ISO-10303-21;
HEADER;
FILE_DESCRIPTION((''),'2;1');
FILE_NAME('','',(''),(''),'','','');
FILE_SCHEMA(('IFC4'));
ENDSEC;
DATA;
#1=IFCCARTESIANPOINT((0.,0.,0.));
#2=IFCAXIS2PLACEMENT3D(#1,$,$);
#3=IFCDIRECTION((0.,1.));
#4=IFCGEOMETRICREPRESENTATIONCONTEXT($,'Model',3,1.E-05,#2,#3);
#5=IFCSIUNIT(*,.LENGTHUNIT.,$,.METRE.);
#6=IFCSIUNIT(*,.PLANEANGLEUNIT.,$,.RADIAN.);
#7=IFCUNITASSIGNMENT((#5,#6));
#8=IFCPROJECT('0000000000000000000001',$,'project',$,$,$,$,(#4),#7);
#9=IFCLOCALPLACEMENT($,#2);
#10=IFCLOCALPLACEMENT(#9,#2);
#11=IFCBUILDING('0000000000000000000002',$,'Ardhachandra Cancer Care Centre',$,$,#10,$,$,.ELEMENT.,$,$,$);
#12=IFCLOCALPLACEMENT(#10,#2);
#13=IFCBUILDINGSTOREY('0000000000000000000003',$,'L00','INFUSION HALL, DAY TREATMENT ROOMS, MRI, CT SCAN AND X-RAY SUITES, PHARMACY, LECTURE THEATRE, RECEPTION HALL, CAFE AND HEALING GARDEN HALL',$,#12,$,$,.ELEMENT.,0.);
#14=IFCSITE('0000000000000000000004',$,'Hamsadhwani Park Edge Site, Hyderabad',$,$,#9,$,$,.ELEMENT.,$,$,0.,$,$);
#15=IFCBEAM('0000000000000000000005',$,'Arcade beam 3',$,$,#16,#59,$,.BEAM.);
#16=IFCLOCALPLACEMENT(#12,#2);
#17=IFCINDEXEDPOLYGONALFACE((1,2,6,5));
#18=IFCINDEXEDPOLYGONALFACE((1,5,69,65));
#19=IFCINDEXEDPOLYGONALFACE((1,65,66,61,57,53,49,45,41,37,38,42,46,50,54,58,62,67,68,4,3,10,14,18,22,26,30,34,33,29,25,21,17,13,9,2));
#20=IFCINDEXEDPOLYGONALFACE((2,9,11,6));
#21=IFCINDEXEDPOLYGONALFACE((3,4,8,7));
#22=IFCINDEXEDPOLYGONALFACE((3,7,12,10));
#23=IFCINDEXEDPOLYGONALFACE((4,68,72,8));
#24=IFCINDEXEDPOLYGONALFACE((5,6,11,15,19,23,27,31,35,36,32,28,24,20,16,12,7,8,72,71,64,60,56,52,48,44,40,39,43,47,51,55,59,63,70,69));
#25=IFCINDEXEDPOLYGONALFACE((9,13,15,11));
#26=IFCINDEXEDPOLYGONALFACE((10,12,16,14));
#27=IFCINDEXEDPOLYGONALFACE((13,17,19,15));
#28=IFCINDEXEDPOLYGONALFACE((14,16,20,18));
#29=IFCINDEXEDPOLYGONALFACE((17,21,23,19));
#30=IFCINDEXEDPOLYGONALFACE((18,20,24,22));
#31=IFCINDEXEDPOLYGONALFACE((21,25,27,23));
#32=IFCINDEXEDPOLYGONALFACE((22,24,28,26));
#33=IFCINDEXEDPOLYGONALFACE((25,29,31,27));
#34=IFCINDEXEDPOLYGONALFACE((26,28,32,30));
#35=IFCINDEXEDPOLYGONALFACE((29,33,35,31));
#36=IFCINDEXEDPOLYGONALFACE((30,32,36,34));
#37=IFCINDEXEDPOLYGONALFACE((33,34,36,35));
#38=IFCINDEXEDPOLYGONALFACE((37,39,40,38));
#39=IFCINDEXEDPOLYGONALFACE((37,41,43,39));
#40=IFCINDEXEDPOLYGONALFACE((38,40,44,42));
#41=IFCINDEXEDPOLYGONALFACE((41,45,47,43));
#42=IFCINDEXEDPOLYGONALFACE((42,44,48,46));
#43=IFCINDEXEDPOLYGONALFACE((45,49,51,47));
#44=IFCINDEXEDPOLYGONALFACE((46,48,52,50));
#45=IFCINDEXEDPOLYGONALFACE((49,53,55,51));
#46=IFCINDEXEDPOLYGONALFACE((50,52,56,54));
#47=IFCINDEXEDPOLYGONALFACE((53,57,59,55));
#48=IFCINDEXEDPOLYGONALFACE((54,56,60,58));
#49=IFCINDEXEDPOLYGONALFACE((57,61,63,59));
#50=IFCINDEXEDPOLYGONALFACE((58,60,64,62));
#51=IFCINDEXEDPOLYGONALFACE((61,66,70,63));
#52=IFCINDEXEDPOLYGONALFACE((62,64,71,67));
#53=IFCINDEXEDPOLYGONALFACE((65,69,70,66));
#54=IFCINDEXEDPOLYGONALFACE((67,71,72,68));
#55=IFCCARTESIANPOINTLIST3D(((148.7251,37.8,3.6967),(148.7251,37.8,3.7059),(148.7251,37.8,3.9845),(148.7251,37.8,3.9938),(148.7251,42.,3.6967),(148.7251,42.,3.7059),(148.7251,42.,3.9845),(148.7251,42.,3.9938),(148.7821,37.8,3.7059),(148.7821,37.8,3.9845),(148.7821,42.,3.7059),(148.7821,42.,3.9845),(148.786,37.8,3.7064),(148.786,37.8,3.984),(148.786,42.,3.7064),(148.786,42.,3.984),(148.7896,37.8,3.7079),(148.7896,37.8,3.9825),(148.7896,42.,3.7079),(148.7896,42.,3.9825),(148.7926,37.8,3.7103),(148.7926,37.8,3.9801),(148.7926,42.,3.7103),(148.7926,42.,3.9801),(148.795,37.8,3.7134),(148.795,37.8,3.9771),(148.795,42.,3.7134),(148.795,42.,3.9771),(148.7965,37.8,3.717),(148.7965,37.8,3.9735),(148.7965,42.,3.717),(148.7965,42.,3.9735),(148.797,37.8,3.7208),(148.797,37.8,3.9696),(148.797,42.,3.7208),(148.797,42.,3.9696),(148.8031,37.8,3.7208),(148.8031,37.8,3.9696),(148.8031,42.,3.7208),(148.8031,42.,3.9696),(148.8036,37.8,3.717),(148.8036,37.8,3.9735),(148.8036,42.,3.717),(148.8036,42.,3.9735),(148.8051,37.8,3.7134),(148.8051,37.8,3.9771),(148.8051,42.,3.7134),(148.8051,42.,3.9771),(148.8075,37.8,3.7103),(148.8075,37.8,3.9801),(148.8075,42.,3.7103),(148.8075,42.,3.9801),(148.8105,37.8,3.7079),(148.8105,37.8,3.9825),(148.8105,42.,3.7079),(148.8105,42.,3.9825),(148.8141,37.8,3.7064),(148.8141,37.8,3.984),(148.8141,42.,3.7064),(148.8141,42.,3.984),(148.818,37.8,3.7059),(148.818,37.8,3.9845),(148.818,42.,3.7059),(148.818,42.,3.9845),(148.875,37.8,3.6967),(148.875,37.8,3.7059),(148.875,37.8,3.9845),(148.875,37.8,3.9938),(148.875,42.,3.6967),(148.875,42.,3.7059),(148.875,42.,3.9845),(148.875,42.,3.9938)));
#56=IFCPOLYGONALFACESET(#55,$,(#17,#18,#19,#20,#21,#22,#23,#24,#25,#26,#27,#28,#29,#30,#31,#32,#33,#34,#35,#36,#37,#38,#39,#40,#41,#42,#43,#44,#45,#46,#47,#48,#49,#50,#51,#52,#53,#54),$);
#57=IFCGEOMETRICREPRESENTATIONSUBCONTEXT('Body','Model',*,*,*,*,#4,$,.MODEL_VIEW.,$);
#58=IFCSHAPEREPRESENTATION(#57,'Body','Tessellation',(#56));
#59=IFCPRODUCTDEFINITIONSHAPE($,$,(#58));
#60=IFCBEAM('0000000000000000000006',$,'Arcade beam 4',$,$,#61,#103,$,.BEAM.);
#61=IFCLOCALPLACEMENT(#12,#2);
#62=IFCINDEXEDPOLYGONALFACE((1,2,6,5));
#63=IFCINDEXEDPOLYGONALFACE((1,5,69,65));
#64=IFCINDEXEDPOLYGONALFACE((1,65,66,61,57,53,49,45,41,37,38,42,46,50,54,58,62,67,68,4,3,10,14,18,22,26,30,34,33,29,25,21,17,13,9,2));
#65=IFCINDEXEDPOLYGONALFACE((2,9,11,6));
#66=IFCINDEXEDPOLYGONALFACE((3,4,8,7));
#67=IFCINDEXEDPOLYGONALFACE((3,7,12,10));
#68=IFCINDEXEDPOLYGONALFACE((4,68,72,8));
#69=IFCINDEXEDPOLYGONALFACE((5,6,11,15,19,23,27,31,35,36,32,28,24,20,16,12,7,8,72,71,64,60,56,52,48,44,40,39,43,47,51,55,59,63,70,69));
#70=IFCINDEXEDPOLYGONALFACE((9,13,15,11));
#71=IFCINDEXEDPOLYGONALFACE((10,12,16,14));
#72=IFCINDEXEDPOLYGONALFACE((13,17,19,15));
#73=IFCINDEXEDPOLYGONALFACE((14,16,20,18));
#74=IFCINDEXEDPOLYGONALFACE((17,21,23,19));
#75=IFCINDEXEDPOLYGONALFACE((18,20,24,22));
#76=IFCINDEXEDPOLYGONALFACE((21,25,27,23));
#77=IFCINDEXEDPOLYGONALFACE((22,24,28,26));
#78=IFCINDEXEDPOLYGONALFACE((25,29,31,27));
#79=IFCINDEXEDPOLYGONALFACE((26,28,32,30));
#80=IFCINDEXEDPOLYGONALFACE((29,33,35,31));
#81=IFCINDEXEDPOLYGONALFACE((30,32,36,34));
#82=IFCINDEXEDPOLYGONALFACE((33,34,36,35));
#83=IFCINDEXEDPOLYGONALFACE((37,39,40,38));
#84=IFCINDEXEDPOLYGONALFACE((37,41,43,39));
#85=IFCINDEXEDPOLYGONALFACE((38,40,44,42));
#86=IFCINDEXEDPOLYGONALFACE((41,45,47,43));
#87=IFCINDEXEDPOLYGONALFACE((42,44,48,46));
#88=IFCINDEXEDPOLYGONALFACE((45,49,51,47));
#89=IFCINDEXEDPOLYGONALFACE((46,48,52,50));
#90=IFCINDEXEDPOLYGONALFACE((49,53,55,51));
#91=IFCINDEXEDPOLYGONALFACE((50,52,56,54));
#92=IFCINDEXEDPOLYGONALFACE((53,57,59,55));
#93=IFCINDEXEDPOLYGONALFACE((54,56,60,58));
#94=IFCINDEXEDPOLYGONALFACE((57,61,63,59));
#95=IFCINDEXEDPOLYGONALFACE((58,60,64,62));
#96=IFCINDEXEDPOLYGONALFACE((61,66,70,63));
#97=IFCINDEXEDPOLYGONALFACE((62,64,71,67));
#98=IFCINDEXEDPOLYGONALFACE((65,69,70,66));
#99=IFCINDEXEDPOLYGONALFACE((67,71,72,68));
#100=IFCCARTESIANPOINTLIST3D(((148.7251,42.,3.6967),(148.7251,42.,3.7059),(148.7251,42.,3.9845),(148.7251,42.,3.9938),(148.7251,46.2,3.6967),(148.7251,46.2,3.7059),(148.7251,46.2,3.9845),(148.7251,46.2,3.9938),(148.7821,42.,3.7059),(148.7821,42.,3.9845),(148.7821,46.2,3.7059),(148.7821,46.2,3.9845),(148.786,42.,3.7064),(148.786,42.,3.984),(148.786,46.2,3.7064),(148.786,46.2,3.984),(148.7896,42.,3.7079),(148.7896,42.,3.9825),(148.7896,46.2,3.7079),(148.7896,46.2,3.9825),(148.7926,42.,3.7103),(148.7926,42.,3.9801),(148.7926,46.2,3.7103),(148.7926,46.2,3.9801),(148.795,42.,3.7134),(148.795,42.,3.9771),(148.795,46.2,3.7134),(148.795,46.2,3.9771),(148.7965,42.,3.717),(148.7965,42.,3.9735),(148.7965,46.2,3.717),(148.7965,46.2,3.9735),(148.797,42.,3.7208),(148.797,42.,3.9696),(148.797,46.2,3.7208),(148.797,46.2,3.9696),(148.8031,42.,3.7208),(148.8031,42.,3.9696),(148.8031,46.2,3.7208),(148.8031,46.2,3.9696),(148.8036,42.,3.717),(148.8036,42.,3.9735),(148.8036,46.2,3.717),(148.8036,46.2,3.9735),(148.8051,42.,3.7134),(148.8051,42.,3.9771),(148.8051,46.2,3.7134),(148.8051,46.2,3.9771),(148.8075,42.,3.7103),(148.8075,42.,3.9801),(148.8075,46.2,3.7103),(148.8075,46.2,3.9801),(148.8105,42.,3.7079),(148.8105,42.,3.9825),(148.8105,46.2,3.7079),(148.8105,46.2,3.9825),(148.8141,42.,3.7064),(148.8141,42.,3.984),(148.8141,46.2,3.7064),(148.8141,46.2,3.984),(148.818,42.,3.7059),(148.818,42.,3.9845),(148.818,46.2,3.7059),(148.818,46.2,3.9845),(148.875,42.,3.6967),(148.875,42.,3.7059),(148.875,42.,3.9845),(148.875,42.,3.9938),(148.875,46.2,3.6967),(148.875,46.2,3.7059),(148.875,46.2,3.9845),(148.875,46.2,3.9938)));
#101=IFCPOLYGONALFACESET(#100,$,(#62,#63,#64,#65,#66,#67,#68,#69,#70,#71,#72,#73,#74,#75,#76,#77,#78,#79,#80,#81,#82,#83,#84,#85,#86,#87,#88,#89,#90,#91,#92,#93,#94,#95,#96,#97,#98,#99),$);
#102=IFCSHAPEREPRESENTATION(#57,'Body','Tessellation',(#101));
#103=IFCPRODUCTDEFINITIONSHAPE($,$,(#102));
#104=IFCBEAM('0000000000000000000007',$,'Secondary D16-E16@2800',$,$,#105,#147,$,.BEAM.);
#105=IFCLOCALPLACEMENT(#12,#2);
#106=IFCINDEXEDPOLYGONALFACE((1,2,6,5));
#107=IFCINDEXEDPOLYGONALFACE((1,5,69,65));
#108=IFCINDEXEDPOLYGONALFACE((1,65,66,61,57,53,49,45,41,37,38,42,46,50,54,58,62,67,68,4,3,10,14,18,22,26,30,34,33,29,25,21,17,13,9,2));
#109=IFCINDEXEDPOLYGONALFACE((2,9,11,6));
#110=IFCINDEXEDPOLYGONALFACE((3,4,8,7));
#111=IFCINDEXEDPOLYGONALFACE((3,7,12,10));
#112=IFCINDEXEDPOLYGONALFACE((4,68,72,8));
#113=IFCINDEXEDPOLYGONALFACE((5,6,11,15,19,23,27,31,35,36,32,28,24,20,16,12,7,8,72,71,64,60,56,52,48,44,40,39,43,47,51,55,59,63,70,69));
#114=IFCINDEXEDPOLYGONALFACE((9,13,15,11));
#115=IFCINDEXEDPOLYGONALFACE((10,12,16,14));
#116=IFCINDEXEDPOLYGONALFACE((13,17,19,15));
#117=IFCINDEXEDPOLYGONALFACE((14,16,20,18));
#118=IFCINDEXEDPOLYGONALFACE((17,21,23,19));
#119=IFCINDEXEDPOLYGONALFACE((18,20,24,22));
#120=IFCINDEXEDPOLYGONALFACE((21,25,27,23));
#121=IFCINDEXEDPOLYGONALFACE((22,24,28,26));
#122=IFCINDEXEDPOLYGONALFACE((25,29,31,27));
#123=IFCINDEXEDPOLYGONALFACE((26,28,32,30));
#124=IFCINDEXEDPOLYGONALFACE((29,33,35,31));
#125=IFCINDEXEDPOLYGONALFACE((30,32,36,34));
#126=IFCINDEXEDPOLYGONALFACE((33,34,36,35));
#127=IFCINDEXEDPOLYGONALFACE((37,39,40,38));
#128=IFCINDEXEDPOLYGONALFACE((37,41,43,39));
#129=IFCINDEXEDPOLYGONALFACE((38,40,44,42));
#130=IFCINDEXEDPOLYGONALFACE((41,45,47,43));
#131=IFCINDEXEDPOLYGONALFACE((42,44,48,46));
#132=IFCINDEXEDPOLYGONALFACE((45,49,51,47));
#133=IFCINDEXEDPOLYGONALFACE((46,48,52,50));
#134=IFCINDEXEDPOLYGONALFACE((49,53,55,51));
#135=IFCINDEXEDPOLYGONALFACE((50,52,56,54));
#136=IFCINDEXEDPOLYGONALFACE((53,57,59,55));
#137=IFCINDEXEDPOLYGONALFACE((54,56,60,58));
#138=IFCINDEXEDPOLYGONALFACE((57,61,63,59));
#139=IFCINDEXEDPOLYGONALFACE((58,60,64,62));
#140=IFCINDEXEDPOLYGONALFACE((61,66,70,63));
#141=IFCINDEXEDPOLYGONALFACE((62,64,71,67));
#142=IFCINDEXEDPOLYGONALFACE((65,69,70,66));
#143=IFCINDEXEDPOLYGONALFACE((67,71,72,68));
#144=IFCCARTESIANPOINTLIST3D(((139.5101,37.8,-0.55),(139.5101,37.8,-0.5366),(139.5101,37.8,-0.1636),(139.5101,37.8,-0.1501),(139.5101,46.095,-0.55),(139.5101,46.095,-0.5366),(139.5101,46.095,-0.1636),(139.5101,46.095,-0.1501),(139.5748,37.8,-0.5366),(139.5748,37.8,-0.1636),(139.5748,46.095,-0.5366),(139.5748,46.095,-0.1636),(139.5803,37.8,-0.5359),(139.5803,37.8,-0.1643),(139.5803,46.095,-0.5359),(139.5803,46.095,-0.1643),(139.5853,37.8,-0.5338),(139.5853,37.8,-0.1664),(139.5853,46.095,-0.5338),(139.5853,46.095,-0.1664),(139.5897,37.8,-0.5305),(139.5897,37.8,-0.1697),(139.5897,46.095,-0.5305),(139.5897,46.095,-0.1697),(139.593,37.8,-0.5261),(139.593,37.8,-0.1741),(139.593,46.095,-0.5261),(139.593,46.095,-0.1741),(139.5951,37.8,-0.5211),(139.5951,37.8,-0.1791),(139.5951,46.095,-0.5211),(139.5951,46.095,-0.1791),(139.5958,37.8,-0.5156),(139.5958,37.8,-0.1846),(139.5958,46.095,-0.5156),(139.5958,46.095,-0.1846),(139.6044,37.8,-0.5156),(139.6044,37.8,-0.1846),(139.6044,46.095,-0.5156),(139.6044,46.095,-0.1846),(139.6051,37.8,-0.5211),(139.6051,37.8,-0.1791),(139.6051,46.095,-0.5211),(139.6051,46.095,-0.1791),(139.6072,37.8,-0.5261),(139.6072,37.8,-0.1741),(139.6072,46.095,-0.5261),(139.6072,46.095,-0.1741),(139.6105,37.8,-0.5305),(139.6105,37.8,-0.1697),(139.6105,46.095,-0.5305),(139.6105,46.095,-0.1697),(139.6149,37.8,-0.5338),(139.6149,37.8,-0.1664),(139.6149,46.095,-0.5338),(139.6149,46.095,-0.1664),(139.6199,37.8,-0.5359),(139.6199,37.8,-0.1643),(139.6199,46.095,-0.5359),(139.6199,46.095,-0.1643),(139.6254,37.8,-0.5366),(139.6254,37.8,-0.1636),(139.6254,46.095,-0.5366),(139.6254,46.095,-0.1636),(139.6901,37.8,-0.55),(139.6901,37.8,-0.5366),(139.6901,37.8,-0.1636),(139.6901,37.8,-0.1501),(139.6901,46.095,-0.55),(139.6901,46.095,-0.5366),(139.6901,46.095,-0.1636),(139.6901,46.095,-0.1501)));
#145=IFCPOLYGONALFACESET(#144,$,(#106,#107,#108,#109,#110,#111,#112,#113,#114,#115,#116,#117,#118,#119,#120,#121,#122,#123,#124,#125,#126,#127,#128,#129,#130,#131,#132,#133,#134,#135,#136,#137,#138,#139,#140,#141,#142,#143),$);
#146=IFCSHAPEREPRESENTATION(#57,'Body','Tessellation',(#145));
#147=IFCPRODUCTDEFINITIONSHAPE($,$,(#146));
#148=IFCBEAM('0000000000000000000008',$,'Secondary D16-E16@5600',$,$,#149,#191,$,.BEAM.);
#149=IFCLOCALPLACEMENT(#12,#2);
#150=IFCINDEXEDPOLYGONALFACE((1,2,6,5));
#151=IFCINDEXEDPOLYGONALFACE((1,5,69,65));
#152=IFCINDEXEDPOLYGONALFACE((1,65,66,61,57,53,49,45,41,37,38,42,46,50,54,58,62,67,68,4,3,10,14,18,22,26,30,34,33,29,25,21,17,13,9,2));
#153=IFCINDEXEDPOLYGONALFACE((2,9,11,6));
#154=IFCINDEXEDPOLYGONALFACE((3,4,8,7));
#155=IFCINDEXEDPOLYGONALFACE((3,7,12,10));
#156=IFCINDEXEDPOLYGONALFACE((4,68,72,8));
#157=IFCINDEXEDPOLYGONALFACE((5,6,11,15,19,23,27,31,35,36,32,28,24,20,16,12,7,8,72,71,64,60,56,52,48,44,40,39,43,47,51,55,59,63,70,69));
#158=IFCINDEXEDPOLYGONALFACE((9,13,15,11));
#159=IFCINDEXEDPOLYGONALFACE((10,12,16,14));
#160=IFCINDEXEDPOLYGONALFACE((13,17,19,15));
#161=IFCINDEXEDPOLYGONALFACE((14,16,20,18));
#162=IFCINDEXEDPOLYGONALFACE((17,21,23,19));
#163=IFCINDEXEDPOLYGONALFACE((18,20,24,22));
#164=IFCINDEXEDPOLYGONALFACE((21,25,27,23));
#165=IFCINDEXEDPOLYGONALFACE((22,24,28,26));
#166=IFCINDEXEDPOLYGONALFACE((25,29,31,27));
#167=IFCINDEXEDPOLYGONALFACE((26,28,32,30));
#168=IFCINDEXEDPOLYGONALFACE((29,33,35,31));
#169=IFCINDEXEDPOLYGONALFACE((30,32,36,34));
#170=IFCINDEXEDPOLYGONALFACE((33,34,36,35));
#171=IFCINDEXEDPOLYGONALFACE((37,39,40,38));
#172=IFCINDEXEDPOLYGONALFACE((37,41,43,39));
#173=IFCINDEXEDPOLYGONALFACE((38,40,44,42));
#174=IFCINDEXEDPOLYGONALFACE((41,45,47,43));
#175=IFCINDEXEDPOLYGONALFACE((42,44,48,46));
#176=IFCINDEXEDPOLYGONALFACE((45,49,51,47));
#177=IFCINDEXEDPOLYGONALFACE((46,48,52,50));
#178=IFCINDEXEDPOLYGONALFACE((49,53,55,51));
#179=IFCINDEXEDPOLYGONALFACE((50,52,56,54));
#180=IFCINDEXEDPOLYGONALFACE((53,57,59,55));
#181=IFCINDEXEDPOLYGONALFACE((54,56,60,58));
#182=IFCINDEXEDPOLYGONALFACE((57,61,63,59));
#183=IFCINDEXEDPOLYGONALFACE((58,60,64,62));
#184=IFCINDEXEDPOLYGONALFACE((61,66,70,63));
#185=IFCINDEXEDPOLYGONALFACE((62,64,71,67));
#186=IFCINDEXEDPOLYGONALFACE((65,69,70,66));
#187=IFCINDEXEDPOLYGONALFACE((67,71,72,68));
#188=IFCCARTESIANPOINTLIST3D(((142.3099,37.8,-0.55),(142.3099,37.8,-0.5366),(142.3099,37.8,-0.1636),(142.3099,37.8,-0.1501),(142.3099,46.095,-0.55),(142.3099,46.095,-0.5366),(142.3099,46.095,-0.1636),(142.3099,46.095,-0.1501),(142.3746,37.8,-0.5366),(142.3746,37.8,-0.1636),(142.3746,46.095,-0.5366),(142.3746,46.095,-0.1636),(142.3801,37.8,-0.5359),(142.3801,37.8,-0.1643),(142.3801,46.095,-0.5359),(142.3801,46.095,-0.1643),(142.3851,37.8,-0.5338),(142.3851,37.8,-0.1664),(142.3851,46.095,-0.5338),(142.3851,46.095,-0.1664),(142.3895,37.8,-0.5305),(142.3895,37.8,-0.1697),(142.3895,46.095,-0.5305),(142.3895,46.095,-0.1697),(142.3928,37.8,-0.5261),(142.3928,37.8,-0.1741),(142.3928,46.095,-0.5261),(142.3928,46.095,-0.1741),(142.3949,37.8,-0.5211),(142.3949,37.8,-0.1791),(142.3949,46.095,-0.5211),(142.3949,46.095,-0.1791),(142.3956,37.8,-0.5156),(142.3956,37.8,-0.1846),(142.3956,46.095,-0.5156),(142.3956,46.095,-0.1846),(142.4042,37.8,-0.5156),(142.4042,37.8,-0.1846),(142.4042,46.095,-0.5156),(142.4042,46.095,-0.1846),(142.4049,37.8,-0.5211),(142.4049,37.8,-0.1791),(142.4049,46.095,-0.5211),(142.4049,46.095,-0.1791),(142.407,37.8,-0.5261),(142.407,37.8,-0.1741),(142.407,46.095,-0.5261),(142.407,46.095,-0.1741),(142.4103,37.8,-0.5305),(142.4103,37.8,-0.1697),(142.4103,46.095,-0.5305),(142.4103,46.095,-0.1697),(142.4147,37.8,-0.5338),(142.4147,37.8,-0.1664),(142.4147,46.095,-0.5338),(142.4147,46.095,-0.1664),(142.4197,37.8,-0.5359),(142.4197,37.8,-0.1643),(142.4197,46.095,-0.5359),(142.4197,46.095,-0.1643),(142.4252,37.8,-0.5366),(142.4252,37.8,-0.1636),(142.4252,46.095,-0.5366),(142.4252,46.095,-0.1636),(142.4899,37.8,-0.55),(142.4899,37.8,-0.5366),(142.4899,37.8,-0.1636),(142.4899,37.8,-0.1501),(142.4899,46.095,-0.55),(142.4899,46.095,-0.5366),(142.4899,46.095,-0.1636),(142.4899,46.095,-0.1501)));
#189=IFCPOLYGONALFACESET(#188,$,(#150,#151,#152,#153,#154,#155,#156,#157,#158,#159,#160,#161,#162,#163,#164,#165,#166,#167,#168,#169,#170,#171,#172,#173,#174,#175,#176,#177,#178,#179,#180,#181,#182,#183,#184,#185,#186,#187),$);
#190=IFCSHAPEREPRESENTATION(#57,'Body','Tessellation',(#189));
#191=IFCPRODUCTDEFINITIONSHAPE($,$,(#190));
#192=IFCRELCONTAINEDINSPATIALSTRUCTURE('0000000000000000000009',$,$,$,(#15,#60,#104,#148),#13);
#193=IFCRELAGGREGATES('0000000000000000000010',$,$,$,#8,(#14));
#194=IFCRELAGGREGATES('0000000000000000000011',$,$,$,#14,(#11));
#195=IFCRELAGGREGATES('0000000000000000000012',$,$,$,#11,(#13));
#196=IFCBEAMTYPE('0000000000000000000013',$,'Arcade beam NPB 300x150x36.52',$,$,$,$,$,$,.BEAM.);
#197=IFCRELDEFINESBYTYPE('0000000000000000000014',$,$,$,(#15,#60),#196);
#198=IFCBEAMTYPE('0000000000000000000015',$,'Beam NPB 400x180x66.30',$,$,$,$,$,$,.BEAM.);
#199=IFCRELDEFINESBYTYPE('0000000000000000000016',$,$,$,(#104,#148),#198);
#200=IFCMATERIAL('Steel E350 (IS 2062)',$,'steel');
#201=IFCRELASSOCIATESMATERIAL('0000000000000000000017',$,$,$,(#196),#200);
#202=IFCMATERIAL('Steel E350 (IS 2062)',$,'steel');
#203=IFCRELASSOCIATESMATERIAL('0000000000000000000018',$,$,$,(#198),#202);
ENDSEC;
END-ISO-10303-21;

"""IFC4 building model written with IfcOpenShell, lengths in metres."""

from ifc_helpers import new_model, si_unit, direction, frame, origin, origin_2d, place, context, subcontext, project, spatial, i_section, extrude, material, material_profile, profile_set, type_object, element, save


model = new_model("IFC4")

# Units and contexts
model_context = context("Model", 3, precision=1e-05, world=origin(), true_north=direction((0.0, 1.0)))
body_context = subcontext(model_context, "Body", "Model", "MODEL_VIEW")
ifc_project = project(units=[si_unit("LENGTHUNIT", "METRE"), si_unit("PLANEANGLEUNIT", "RADIAN")], contexts=[model_context])

# Site, building, storey
site_placement = place(None, origin())
site = spatial("IfcSite", under=ifc_project, at=site_placement, Name="Hamsadhwani Park Edge Site, Hyderabad", CompositionType="ELEMENT", RefElevation=0.0)
building_placement = place(site_placement, origin())
building = spatial("IfcBuilding", under=site, at=building_placement, Name="Ardhachandra Cancer Care Centre", CompositionType="ELEMENT")
storey_placement = place(building_placement, origin())
storey = spatial("IfcBuildingStorey", under=building, at=storey_placement, Name="L00", Description="INFUSION HALL, DAY TREATMENT ROOMS, MRI, CT SCAN AND X-RAY SUITES, PHARMACY, LECTURE THEATRE, RECEPTION HALL, CAFE AND HEALING GARDEN HALL", CompositionType="ELEMENT", Elevation=0.0)

# Beams
ifc_material_1 = material(Name="Steel E350 (IS 2062)", Category="steel")
ifc_material_profile_1 = material_profile(ifc_material_1, i_section(OverallWidth=0.1499, OverallDepth=0.2971, WebThickness=0.0061, FlangeThickness=0.0093, FilletRadius=0.0149, at=origin_2d()), Name="NPB 300x150x36.52")
ifc_profile_set_1 = profile_set([ifc_material_profile_1], Name="Steel E350 (IS 2062)")
beam_type_1 = type_object("IfcBeamType", Name="Arcade beam NPB 300x150x36.52", PredefinedType="BEAM", material=ifc_profile_set_1)
for number, where, z_axis, x_axis, name in (
    (1, (148.8, 37.8, 3.8452), (0.0, 1.0, 0.0), (-1.0, 0.0, 0.0), "Arcade beam 3"),
    (2, (148.8, 42.0, 3.8452), (0.0, 1.0, 0.0), (-1.0, 0.0, 0.0), "Arcade beam 4"),
):
    element("IfcBeam", number, at=place(storey_placement, frame(where, z_axis=z_axis, x_axis=x_axis)), inside=storey, type_object=beam_type_1, Name=name, PredefinedType="BEAM", context=body_context, shape_type="SweptSolid", body=[
        extrude(i_section(OverallWidth=0.1499, OverallDepth=0.2971, WebThickness=0.0061, FlangeThickness=0.0093, FilletRadius=0.0149, at=origin_2d()), origin(), (0.0, 0.0, 1.0), 4.2),
    ])
ifc_material_2 = material(Name="Steel E350 (IS 2062)", Category="steel")
ifc_material_profile_2 = material_profile(ifc_material_2, i_section(OverallWidth=0.1799, OverallDepth=0.3999, WebThickness=0.0085, FlangeThickness=0.0134, FilletRadius=0.021, at=origin_2d()), Name="NPB 400x180x66.30")
ifc_profile_set_2 = profile_set([ifc_material_profile_2], Name="Steel E350 (IS 2062)")
beam_type_2 = type_object("IfcBeamType", Name="Beam NPB 400x180x66.30", PredefinedType="BEAM", material=ifc_profile_set_2)
for number, where, z_axis, x_axis, name in (
    (3, (139.6001, 37.8, -0.3501), (0.0, 1.0, 0.0), (-1.0, 0.0, 0.0), "Secondary D16-E16@2800"),
    (4, (142.3999, 37.8, -0.3501), (0.0, 1.0, 0.0), (-1.0, 0.0, 0.0), "Secondary D16-E16@5600"),
):
    element("IfcBeam", number, at=place(storey_placement, frame(where, z_axis=z_axis, x_axis=x_axis)), inside=storey, type_object=beam_type_2, Name=name, PredefinedType="BEAM", context=body_context, shape_type="SweptSolid", body=[
        extrude(i_section(OverallWidth=0.1799, OverallDepth=0.3999, WebThickness=0.0085, FlangeThickness=0.0134, FilletRadius=0.021, at=origin_2d()), origin(), (0.0, 0.0, 1.0), 8.2949),
    ])

save(model, "model.ifc")
